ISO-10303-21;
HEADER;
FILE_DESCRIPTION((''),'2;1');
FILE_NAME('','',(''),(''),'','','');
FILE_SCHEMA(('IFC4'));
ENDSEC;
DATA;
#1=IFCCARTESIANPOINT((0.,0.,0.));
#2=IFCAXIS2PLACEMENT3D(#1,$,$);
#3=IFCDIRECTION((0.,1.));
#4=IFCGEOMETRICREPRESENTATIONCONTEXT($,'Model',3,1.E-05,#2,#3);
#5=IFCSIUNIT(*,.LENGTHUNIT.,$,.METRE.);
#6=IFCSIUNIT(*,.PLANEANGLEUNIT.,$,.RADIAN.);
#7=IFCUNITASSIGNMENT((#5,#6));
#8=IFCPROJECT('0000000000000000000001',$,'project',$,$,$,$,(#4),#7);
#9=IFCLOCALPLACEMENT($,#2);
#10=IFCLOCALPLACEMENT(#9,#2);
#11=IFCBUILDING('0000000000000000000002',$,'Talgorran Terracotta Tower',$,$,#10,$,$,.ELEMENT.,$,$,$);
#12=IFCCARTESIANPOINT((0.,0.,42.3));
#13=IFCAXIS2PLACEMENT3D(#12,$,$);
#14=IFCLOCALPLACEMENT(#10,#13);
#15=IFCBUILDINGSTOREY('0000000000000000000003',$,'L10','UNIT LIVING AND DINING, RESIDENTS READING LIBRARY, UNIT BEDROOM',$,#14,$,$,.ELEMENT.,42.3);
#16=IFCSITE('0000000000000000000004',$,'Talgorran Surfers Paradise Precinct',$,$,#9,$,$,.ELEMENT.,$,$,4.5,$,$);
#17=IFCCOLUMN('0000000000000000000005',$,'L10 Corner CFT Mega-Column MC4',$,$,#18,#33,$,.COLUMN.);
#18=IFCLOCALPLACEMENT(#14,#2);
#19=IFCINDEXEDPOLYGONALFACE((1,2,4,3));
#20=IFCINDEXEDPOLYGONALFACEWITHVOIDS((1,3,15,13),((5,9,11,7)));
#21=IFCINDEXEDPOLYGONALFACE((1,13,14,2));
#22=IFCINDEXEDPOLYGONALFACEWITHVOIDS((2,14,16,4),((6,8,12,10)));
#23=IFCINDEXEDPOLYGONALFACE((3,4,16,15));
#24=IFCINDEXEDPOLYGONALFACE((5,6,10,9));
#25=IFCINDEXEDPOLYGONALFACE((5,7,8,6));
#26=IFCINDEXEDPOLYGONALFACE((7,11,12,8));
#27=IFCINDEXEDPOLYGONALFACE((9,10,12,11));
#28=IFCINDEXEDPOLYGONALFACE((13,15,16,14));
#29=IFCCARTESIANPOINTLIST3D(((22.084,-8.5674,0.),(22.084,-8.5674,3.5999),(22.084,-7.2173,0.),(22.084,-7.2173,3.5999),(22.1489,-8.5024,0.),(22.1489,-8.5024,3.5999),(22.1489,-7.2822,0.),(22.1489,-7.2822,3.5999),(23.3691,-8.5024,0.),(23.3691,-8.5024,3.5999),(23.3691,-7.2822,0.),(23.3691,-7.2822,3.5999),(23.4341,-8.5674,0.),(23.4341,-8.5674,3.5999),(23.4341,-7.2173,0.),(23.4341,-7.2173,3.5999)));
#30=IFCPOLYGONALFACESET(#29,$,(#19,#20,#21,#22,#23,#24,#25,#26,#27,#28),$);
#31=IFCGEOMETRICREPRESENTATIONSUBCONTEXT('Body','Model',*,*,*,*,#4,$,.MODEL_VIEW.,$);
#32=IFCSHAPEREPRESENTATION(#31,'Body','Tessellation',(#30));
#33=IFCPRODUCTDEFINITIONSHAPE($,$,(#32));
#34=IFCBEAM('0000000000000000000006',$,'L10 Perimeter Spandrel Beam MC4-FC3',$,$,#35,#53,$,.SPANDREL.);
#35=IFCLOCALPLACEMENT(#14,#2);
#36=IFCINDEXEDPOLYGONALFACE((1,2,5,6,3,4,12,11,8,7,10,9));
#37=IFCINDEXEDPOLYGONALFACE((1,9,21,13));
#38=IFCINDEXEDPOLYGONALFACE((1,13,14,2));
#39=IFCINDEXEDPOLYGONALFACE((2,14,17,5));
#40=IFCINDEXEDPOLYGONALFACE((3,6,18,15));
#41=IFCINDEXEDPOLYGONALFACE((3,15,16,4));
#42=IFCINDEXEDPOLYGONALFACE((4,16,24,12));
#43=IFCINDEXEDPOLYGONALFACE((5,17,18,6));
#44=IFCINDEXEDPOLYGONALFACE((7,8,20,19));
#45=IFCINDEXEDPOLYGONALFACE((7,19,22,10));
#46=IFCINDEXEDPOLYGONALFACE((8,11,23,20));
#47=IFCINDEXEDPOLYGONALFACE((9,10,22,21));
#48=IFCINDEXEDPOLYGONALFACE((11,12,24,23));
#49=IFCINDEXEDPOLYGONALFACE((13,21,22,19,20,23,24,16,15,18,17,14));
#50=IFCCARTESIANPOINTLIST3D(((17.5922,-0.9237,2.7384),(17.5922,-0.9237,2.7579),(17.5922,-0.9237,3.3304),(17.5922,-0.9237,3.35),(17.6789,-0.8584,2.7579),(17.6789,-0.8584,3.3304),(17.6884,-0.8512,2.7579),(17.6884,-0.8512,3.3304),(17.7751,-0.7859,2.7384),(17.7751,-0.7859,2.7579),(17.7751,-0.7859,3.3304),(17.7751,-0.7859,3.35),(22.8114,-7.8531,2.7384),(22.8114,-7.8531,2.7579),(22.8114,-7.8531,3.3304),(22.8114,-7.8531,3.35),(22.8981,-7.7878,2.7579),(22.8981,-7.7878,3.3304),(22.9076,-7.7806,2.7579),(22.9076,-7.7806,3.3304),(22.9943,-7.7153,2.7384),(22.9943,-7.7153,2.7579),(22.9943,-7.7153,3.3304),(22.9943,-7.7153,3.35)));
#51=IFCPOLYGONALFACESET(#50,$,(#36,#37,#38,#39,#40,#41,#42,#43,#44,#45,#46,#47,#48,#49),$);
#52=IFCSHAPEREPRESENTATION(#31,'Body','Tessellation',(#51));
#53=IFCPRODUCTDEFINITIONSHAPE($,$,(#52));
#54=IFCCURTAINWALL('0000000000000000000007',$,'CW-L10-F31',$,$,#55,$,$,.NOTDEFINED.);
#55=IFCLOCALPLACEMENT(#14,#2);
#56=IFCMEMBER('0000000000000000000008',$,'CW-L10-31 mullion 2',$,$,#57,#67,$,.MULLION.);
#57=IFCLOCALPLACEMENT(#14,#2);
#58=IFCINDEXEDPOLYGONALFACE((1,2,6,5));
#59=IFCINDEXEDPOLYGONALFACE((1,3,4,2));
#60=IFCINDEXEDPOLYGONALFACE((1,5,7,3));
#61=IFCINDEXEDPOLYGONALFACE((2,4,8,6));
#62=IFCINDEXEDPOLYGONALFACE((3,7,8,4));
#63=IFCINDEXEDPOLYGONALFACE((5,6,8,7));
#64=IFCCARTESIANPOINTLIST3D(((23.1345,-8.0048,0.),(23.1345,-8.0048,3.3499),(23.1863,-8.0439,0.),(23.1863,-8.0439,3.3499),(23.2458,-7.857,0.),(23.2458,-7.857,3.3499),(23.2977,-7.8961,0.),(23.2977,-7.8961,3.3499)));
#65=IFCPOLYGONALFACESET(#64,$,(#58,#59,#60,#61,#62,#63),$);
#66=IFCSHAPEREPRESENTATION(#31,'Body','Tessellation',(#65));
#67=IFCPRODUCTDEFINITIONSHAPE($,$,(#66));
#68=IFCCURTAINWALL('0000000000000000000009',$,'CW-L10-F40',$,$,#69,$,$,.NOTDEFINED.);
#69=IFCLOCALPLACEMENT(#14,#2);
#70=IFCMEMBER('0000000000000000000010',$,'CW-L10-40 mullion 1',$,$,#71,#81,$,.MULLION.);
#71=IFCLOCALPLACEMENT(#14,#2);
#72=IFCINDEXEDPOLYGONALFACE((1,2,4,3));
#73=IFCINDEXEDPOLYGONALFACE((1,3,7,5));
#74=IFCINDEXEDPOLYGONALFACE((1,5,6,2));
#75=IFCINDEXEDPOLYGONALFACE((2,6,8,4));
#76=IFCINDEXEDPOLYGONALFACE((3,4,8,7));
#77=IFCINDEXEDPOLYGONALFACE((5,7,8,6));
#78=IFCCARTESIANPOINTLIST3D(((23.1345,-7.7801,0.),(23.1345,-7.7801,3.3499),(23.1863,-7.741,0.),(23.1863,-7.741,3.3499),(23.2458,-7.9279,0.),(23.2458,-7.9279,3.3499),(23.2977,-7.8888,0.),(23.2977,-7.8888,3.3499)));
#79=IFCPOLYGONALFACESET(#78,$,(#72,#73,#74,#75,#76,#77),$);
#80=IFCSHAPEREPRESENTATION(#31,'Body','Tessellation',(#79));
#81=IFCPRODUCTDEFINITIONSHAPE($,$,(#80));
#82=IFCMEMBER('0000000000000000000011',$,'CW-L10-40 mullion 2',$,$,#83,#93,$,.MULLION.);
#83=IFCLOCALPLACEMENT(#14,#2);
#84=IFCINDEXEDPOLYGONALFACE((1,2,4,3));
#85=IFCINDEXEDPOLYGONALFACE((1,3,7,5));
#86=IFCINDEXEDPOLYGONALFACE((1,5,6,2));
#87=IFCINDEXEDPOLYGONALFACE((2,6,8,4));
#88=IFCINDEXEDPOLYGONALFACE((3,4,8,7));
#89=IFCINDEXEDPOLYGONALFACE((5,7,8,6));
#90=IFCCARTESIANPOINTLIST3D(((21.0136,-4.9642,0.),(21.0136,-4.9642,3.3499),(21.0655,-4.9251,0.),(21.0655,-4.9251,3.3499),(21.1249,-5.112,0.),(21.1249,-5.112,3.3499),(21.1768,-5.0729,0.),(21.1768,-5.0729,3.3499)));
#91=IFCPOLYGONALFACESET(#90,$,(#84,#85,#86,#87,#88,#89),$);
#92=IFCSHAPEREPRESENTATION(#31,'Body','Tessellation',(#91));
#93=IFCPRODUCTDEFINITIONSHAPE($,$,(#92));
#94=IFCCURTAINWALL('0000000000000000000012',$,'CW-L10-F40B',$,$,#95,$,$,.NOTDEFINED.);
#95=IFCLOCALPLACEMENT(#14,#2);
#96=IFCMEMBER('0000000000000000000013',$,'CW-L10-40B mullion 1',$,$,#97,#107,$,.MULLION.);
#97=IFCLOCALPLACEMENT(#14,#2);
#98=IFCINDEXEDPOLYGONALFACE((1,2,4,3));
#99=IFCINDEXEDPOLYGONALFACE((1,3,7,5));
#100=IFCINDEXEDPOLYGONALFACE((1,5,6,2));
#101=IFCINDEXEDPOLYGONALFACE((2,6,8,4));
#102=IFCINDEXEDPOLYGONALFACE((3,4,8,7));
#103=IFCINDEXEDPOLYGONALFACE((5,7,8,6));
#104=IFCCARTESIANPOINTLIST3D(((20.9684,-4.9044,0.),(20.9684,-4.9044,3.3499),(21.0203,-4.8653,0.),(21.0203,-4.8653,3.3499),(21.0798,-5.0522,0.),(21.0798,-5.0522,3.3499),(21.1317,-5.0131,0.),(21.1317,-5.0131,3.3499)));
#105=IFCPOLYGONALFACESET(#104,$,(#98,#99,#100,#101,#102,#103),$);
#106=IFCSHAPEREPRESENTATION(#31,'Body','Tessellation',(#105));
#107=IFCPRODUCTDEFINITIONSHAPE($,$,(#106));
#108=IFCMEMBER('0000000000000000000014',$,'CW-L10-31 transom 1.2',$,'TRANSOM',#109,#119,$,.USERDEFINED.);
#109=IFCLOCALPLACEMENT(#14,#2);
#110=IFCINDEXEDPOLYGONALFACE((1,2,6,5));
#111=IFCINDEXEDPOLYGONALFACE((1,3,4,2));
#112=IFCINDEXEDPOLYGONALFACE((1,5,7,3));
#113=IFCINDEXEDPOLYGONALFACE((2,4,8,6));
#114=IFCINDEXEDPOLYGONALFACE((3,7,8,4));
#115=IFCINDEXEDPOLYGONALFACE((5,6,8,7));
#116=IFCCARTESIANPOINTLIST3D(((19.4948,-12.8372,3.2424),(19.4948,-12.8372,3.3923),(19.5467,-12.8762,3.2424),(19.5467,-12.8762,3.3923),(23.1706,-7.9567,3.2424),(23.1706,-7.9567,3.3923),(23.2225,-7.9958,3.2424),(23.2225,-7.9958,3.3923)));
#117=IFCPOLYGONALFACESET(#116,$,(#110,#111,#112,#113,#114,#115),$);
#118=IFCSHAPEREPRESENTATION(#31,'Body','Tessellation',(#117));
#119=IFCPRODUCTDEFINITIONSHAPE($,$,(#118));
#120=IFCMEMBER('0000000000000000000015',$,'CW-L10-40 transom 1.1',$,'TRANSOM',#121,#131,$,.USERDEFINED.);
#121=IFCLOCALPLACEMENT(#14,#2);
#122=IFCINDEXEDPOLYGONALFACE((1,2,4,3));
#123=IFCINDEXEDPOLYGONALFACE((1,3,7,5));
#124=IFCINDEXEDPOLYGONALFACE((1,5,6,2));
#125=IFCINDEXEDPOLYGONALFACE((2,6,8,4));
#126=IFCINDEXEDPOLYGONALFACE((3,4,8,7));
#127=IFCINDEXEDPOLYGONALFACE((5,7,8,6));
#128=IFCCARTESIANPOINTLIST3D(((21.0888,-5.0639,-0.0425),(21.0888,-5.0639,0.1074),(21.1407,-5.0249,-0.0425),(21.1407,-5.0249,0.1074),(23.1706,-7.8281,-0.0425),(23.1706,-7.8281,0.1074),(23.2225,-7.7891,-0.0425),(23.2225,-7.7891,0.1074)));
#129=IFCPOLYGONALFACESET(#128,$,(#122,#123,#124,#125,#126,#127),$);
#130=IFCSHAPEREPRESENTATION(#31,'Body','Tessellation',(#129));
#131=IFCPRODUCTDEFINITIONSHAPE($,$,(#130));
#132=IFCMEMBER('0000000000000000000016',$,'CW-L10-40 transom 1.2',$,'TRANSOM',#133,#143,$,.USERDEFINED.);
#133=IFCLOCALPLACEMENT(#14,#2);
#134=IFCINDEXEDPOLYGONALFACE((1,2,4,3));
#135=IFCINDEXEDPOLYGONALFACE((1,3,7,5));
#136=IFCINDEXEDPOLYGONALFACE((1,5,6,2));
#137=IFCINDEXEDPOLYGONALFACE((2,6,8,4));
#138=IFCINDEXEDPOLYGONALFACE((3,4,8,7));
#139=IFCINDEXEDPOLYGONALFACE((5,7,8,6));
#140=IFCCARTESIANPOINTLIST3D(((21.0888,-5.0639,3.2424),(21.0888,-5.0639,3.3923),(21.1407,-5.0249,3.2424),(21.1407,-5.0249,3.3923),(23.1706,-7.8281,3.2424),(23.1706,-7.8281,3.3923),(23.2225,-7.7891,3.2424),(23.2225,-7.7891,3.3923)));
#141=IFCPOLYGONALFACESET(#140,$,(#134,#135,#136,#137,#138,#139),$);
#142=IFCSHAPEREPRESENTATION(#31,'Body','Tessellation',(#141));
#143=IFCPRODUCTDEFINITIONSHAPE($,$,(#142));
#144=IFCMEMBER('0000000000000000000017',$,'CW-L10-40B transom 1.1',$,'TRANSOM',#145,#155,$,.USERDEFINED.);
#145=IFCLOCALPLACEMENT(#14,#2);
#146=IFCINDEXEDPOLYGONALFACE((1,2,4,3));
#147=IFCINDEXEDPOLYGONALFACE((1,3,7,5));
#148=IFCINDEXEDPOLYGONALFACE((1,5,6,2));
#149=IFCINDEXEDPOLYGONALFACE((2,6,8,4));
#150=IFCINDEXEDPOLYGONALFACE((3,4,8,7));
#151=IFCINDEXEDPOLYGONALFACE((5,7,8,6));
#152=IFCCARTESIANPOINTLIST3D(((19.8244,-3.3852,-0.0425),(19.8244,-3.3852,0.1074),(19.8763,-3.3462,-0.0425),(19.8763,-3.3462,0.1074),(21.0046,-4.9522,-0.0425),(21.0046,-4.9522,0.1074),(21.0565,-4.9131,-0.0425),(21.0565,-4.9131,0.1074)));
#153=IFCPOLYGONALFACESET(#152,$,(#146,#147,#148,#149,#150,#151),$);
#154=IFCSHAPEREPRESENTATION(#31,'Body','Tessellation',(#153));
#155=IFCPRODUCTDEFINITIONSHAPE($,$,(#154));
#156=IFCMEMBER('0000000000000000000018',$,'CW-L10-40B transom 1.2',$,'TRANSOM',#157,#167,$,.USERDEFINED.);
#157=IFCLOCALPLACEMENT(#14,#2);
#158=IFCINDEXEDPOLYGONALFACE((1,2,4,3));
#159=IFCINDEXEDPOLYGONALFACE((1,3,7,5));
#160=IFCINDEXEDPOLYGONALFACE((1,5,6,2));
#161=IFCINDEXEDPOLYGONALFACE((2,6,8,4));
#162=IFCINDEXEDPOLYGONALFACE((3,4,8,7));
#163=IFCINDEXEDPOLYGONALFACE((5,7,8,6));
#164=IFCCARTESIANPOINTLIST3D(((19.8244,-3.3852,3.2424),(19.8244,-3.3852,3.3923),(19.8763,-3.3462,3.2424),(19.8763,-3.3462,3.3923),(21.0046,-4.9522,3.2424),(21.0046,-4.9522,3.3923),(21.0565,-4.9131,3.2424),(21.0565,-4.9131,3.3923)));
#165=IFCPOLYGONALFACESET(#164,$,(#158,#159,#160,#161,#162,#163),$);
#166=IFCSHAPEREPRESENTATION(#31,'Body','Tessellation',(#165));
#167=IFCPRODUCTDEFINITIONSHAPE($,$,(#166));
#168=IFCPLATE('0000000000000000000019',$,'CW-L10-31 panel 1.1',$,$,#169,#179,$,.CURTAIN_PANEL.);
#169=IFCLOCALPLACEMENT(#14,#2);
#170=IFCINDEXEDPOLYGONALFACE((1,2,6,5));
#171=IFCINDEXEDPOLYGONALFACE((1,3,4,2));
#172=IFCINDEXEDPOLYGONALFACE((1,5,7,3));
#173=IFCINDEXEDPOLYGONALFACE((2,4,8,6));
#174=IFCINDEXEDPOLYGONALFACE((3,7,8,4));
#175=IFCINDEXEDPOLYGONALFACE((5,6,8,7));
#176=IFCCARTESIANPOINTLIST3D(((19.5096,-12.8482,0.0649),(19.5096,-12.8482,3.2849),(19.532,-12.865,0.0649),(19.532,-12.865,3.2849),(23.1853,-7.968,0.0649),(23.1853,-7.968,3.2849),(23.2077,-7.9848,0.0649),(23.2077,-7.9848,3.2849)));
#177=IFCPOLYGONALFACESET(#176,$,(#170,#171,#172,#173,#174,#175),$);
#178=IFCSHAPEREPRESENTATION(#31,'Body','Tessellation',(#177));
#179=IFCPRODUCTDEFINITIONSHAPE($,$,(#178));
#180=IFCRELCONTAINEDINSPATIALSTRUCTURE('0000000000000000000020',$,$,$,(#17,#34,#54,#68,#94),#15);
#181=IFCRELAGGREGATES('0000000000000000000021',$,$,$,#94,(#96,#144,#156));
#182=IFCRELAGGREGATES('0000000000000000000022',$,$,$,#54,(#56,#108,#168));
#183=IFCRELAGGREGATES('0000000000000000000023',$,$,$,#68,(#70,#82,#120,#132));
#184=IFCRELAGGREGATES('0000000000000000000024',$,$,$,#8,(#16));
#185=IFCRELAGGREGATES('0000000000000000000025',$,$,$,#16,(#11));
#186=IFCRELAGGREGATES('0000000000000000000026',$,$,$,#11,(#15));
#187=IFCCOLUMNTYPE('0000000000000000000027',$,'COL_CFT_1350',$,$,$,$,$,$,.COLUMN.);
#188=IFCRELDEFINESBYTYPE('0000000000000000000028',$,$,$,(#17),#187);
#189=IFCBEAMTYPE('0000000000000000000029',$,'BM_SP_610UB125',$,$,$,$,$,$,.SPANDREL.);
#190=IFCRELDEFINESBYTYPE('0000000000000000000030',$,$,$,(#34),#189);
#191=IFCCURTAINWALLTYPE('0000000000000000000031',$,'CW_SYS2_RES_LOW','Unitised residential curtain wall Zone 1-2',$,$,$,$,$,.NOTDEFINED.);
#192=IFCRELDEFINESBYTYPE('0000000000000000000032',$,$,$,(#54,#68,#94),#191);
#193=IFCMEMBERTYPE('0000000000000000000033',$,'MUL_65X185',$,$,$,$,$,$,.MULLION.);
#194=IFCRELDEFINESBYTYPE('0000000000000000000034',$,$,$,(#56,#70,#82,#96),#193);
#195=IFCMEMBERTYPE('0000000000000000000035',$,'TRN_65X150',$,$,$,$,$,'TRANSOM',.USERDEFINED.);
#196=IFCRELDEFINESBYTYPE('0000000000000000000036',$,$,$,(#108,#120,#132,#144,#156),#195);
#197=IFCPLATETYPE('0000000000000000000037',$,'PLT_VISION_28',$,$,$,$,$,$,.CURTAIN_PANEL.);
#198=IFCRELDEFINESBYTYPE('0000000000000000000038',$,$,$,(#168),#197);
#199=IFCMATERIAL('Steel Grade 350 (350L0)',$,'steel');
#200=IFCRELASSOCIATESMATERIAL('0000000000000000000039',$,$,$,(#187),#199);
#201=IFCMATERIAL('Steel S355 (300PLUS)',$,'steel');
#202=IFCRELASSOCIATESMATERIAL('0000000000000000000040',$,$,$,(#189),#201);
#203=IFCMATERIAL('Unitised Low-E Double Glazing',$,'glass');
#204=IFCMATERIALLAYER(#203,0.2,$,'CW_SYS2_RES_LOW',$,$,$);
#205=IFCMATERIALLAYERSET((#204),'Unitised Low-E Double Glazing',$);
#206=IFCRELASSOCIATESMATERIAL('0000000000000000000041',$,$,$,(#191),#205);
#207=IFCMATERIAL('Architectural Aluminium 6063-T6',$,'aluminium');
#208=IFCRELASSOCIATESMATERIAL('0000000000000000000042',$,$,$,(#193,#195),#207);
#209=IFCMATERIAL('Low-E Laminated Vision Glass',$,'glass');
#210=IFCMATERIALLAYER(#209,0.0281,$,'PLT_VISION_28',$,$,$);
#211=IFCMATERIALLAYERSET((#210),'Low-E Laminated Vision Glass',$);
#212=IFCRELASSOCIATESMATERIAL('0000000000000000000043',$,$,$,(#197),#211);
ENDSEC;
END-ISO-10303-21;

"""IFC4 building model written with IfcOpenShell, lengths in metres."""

from ifc_helpers import new_model, si_unit, direction, frame, origin, origin_2d, place, context, subcontext, project, spatial, rectangle, hollow_rectangle, i_section, extrude, source, transform, mapped, material, layer, layer_set, material_profile, profile_set, type_object, element, aggregate, save


model = new_model("IFC4")

# Units and contexts
model_context = context("Model", 3, precision=1e-05, world=origin(), true_north=direction((0.0, 1.0)))
body_context = subcontext(model_context, "Body", "Model", "MODEL_VIEW")
ifc_project = project(units=[si_unit("LENGTHUNIT", "METRE"), si_unit("PLANEANGLEUNIT", "RADIAN")], contexts=[model_context])

# Site, building, storey
site_placement = place(None, origin())
site = spatial("IfcSite", under=ifc_project, at=site_placement, Name="Talgorran Surfers Paradise Precinct", CompositionType="ELEMENT", RefElevation=4.5)
building_placement = place(site_placement, origin())
building = spatial("IfcBuilding", under=site, at=building_placement, Name="Talgorran Terracotta Tower", CompositionType="ELEMENT")
storey_placement = place(building_placement, frame((0.0, 0.0, 42.3)))
storey = spatial("IfcBuildingStorey", under=building, at=storey_placement, Name="L10", Description="UNIT LIVING AND DINING, RESIDENTS READING LIBRARY, UNIT BEDROOM", CompositionType="ELEMENT", Elevation=42.3)

# Column
ifc_material_1 = material(Name="Steel Grade 350 (350L0)", Category="steel")
ifc_material_profile_1 = material_profile(ifc_material_1, hollow_rectangle(XDim=1.3501, YDim=1.3501, WallThickness=0.0649, at=origin_2d()), Name="CFT1350X1350X65")
ifc_profile_set_1 = profile_set([ifc_material_profile_1], Name="Steel Grade 350 (350L0)")
column_type = type_object("IfcColumnType", Name="COL_CFT_1350", PredefinedType="COLUMN", material=ifc_profile_set_1)
column_placement = place(storey_placement, frame((22.759, -7.8923, 0.0), z_axis=(0.0, 0.0, 1.0), x_axis=(1.0, 0.0, 0.0)))
element("IfcColumn", 1, at=column_placement, inside=storey, type_object=column_type, Name="L10 Corner CFT Mega-Column MC4", PredefinedType="COLUMN", context=body_context, shape_type="SweptSolid", body=[
    extrude(hollow_rectangle(XDim=1.3501, YDim=1.3501, WallThickness=0.0649, at=origin_2d()), origin(), (0.0, 0.0, 1.0), 3.5999),
])

# Beam
ifc_material_2 = material(Name="Steel S355 (300PLUS)", Category="steel")
ifc_material_profile_2 = material_profile(ifc_material_2, i_section(OverallWidth=0.229, OverallDepth=0.6116, WebThickness=0.012, FlangeThickness=0.0195, at=origin_2d()), Name="610UB125")
ifc_profile_set_2 = profile_set([ifc_material_profile_2], Name="Steel S355 (300PLUS)")
beam_type = type_object("IfcBeamType", Name="BM_SP_610UB125", PredefinedType="SPANDREL", material=ifc_profile_set_2)
beam_placement = place(storey_placement, frame((22.9028, -7.7842, 3.0442), z_axis=(-0.601633, 0.798772, 0.0), x_axis=(-0.798772, -0.601633, 0.0)))
element("IfcBeam", 2, at=beam_placement, inside=storey, type_object=beam_type, Name="L10 Perimeter Spandrel Beam MC4-FC3", PredefinedType="SPANDREL", context=body_context, shape_type="SweptSolid", body=[
    extrude(i_section(OverallWidth=0.229, OverallDepth=0.6116, WebThickness=0.012, FlangeThickness=0.0195, at=origin_2d()), origin(), (0.0, 0.0, 1.0), 8.675),
])

# Curtain wall, member
ifc_material_3 = material(Name="Unitised Low-E Double Glazing", Category="glass")
ifc_layer_1 = layer(ifc_material_3, 0.2, Name="CW_SYS2_RES_LOW")
ifc_layer_set_1 = layer_set([ifc_layer_1], Name="Unitised Low-E Double Glazing")
curtain_wall_type = type_object("IfcCurtainWallType", Name="CW_SYS2_RES_LOW", Description="Unitised residential curtain wall Zone 1-2", PredefinedType="NOTDEFINED", material=ifc_layer_set_1)
curtain_wall_1_placement = place(storey_placement, origin())
curtain_wall_1 = element("IfcCurtainWall", 3, at=curtain_wall_1_placement, inside=storey, type_object=curtain_wall_type, Name="CW-L10-F31", PredefinedType="NOTDEFINED")
ifc_material_4 = material(Name="Architectural Aluminium 6063-T6", Category="aluminium")
ifc_material_profile_3 = material_profile(ifc_material_4, rectangle(XDim=0.0649, YDim=0.1851, at=origin_2d()), Name="CWM65X185")
ifc_profile_set_3 = profile_set([ifc_material_profile_3], Name="Architectural Aluminium 6063-T6")
member_type_1 = type_object("IfcMemberType", Name="MUL_65X185", PredefinedType="MULLION", material=ifc_profile_set_3)
member_1_placement = place(storey_placement, frame((23.2161, -7.9504, 0.0), z_axis=(0.0, 0.0, 1.0), x_axis=(-0.798773, 0.601632, 0.0)))
member_1 = element("IfcMember", 4, at=member_1_placement, type_object=member_type_1, Name="CW-L10-31 mullion 2", PredefinedType="MULLION", context=body_context, shape_type="SweptSolid", body=[
    extrude(rectangle(XDim=0.0649, YDim=0.1851, at=origin_2d()), origin(), (0.0, 0.0, 1.0), 3.3499),
])

# Curtain wall, members
curtain_wall_2_placement = place(storey_placement, origin())
curtain_wall_2 = element("IfcCurtainWall", 5, at=curtain_wall_2_placement, inside=storey, type_object=curtain_wall_type, Name="CW-L10-F40", PredefinedType="NOTDEFINED")
member_2_placement = place(storey_placement, frame((23.2161, -7.8345, 0.0), z_axis=(0.0, 0.0, 1.0), x_axis=(-0.798775, -0.60163, 0.0)))
member_2 = element("IfcMember", 6, at=member_2_placement, type_object=member_type_1, Name="CW-L10-40 mullion 1", PredefinedType="MULLION", context=body_context, shape_type="SweptSolid", body=[
    extrude(rectangle(XDim=0.0649, YDim=0.1851, at=origin_2d()), origin(), (0.0, 0.0, 1.0), 3.3499),
])
member_3_placement = place(storey_placement, frame((21.0952, -5.0186, 0.0), z_axis=(0.0, 0.0, 1.0), x_axis=(-0.798775, -0.60163, 0.0)))
member_3 = element("IfcMember", 7, at=member_3_placement, type_object=member_type_1, Name="CW-L10-40 mullion 2", PredefinedType="MULLION", context=body_context, shape_type="SweptSolid", body=[
    extrude(rectangle(XDim=0.0649, YDim=0.1851, at=origin_2d()), origin(), (0.0, 0.0, 1.0), 3.3499),
])

# Curtain wall, member
curtain_wall_3_placement = place(storey_placement, origin())
curtain_wall_3 = element("IfcCurtainWall", 8, at=curtain_wall_3_placement, inside=storey, type_object=curtain_wall_type, Name="CW-L10-F40B", PredefinedType="NOTDEFINED")
member_4_placement = place(storey_placement, frame((21.05, -4.9587, 0.0), z_axis=(0.0, 0.0, 1.0), x_axis=(-0.798782, -0.60162, 0.0)))
member_4 = element("IfcMember", 9, at=member_4_placement, type_object=member_type_1, Name="CW-L10-40B mullion 1", PredefinedType="MULLION", context=body_context, shape_type="SweptSolid", body=[
    extrude(rectangle(XDim=0.0649, YDim=0.1851, at=origin_2d()), origin(), (0.0, 0.0, 1.0), 3.3499),
])

# Members
ifc_material_profile_4 = material_profile(ifc_material_4, rectangle(XDim=0.0649, YDim=0.1499, at=origin_2d()), Name="CWT65X150")
ifc_profile_set_4 = profile_set([ifc_material_profile_4], Name="Architectural Aluminium 6063-T6")
member_type_2 = type_object("IfcMemberType", Name="TRN_65X150", ElementType="TRANSOM", PredefinedType="USERDEFINED", material=ifc_profile_set_4)
member_5_placement = place(storey_placement, frame((19.5208, -12.8567, 3.3174), z_axis=(0.601623, 0.79878, 0.0), x_axis=(-0.79878, 0.601623, 0.0)))
member_5 = element("IfcMember", 10, at=member_5_placement, type_object=member_type_2, Name="CW-L10-31 transom 1.2", ObjectType="TRANSOM", PredefinedType="USERDEFINED", context=body_context, shape_type="SweptSolid", body=[
    extrude(rectangle(XDim=0.0649, YDim=0.1499, at=origin_2d()), origin(), (0.0, 0.0, 1.0), 6.1099),
])
member_6_placement = place(storey_placement, frame((23.1965, -7.8086, 0.0325), z_axis=(-0.601602, 0.798796, 0.0), x_axis=(-0.798796, -0.601602, 0.0)))
member_6 = element("IfcMember", 11, at=member_6_placement, type_object=member_type_2, Name="CW-L10-40 transom 1.1", ObjectType="TRANSOM", PredefinedType="USERDEFINED", context=body_context, shape_type="SweptSolid", body=[
    extrude(rectangle(XDim=0.0649, YDim=0.1499, at=origin_2d()), origin(), (0.0, 0.0, 1.0), 3.4604),
])
member_7_placement = place(storey_placement, frame((23.1965, -7.8086, 3.3174), z_axis=(-0.601602, 0.798796, 0.0), x_axis=(-0.798796, -0.601602, 0.0)))
member_7 = element("IfcMember", 12, at=member_7_placement, type_object=member_type_2, Name="CW-L10-40 transom 1.2", ObjectType="TRANSOM", PredefinedType="USERDEFINED", context=body_context, shape_type="SweptSolid", body=[
    extrude(rectangle(XDim=0.0649, YDim=0.1499, at=origin_2d()), origin(), (0.0, 0.0, 1.0), 3.4604),
])
member_8_placement = place(storey_placement, frame((21.0305, -4.9326, 0.0325), z_axis=(-0.601632, 0.798774, 0.0), x_axis=(-0.798774, -0.601632, 0.0)))
member_8 = element("IfcMember", 13, at=member_8_placement, type_object=member_type_2, Name="CW-L10-40B transom 1.1", ObjectType="TRANSOM", PredefinedType="USERDEFINED", context=body_context, shape_type="SweptSolid", body=[
    extrude(rectangle(XDim=0.0649, YDim=0.1499, at=origin_2d()), origin(), (0.0, 0.0, 1.0), 1.9617),
])
member_9_placement = place(storey_placement, frame((21.0305, -4.9326, 3.3174), z_axis=(-0.601632, 0.798774, 0.0), x_axis=(-0.798774, -0.601632, 0.0)))
member_9 = element("IfcMember", 14, at=member_9_placement, type_object=member_type_2, Name="CW-L10-40B transom 1.2", ObjectType="TRANSOM", PredefinedType="USERDEFINED", context=body_context, shape_type="SweptSolid", body=[
    extrude(rectangle(XDim=0.0649, YDim=0.1499, at=origin_2d()), origin(), (0.0, 0.0, 1.0), 1.9617),
])
aggregate(curtain_wall_3, [member_4, member_8, member_9])

# Plate
ifc_material_5 = material(Name="Low-E Laminated Vision Glass", Category="glass")
ifc_layer_2 = layer(ifc_material_5, 0.0281, Name="PLT_VISION_28")
ifc_layer_set_2 = layer_set([ifc_layer_2], Name="Low-E Laminated Vision Glass")
plate_type = type_object("IfcPlateType", Name="PLT_VISION_28", PredefinedType="CURTAIN_PANEL", material=ifc_layer_set_2)
shared_shape_1 = source(origin(), body_context, "Body", "SweptSolid", [
    extrude(rectangle(XDim=6.1096, YDim=0.0281, at=origin_2d()), origin(), (0.0, 0.0, 1.0), 3.22),
])
plate_1_placement = place(storey_placement, frame((21.3586, -10.4165, 0.0649), z_axis=(0.0, 0.0, 1.0), x_axis=(0.601632, 0.798773, 0.0)))
plate_1 = element("IfcPlate", 15, at=plate_1_placement, type_object=plate_type, Name="CW-L10-31 panel 1.1", PredefinedType="CURTAIN_PANEL", context=body_context, shape_type="MappedRepresentation", body=[
    mapped(shared_shape_1, transform((0.0, 0.0, 0.0), scale=1.0)),
])
aggregate(curtain_wall_1, [member_1, member_5, plate_1])
aggregate(curtain_wall_2, [member_2, member_3, member_6, member_7])

save(model, "model.ifc")
